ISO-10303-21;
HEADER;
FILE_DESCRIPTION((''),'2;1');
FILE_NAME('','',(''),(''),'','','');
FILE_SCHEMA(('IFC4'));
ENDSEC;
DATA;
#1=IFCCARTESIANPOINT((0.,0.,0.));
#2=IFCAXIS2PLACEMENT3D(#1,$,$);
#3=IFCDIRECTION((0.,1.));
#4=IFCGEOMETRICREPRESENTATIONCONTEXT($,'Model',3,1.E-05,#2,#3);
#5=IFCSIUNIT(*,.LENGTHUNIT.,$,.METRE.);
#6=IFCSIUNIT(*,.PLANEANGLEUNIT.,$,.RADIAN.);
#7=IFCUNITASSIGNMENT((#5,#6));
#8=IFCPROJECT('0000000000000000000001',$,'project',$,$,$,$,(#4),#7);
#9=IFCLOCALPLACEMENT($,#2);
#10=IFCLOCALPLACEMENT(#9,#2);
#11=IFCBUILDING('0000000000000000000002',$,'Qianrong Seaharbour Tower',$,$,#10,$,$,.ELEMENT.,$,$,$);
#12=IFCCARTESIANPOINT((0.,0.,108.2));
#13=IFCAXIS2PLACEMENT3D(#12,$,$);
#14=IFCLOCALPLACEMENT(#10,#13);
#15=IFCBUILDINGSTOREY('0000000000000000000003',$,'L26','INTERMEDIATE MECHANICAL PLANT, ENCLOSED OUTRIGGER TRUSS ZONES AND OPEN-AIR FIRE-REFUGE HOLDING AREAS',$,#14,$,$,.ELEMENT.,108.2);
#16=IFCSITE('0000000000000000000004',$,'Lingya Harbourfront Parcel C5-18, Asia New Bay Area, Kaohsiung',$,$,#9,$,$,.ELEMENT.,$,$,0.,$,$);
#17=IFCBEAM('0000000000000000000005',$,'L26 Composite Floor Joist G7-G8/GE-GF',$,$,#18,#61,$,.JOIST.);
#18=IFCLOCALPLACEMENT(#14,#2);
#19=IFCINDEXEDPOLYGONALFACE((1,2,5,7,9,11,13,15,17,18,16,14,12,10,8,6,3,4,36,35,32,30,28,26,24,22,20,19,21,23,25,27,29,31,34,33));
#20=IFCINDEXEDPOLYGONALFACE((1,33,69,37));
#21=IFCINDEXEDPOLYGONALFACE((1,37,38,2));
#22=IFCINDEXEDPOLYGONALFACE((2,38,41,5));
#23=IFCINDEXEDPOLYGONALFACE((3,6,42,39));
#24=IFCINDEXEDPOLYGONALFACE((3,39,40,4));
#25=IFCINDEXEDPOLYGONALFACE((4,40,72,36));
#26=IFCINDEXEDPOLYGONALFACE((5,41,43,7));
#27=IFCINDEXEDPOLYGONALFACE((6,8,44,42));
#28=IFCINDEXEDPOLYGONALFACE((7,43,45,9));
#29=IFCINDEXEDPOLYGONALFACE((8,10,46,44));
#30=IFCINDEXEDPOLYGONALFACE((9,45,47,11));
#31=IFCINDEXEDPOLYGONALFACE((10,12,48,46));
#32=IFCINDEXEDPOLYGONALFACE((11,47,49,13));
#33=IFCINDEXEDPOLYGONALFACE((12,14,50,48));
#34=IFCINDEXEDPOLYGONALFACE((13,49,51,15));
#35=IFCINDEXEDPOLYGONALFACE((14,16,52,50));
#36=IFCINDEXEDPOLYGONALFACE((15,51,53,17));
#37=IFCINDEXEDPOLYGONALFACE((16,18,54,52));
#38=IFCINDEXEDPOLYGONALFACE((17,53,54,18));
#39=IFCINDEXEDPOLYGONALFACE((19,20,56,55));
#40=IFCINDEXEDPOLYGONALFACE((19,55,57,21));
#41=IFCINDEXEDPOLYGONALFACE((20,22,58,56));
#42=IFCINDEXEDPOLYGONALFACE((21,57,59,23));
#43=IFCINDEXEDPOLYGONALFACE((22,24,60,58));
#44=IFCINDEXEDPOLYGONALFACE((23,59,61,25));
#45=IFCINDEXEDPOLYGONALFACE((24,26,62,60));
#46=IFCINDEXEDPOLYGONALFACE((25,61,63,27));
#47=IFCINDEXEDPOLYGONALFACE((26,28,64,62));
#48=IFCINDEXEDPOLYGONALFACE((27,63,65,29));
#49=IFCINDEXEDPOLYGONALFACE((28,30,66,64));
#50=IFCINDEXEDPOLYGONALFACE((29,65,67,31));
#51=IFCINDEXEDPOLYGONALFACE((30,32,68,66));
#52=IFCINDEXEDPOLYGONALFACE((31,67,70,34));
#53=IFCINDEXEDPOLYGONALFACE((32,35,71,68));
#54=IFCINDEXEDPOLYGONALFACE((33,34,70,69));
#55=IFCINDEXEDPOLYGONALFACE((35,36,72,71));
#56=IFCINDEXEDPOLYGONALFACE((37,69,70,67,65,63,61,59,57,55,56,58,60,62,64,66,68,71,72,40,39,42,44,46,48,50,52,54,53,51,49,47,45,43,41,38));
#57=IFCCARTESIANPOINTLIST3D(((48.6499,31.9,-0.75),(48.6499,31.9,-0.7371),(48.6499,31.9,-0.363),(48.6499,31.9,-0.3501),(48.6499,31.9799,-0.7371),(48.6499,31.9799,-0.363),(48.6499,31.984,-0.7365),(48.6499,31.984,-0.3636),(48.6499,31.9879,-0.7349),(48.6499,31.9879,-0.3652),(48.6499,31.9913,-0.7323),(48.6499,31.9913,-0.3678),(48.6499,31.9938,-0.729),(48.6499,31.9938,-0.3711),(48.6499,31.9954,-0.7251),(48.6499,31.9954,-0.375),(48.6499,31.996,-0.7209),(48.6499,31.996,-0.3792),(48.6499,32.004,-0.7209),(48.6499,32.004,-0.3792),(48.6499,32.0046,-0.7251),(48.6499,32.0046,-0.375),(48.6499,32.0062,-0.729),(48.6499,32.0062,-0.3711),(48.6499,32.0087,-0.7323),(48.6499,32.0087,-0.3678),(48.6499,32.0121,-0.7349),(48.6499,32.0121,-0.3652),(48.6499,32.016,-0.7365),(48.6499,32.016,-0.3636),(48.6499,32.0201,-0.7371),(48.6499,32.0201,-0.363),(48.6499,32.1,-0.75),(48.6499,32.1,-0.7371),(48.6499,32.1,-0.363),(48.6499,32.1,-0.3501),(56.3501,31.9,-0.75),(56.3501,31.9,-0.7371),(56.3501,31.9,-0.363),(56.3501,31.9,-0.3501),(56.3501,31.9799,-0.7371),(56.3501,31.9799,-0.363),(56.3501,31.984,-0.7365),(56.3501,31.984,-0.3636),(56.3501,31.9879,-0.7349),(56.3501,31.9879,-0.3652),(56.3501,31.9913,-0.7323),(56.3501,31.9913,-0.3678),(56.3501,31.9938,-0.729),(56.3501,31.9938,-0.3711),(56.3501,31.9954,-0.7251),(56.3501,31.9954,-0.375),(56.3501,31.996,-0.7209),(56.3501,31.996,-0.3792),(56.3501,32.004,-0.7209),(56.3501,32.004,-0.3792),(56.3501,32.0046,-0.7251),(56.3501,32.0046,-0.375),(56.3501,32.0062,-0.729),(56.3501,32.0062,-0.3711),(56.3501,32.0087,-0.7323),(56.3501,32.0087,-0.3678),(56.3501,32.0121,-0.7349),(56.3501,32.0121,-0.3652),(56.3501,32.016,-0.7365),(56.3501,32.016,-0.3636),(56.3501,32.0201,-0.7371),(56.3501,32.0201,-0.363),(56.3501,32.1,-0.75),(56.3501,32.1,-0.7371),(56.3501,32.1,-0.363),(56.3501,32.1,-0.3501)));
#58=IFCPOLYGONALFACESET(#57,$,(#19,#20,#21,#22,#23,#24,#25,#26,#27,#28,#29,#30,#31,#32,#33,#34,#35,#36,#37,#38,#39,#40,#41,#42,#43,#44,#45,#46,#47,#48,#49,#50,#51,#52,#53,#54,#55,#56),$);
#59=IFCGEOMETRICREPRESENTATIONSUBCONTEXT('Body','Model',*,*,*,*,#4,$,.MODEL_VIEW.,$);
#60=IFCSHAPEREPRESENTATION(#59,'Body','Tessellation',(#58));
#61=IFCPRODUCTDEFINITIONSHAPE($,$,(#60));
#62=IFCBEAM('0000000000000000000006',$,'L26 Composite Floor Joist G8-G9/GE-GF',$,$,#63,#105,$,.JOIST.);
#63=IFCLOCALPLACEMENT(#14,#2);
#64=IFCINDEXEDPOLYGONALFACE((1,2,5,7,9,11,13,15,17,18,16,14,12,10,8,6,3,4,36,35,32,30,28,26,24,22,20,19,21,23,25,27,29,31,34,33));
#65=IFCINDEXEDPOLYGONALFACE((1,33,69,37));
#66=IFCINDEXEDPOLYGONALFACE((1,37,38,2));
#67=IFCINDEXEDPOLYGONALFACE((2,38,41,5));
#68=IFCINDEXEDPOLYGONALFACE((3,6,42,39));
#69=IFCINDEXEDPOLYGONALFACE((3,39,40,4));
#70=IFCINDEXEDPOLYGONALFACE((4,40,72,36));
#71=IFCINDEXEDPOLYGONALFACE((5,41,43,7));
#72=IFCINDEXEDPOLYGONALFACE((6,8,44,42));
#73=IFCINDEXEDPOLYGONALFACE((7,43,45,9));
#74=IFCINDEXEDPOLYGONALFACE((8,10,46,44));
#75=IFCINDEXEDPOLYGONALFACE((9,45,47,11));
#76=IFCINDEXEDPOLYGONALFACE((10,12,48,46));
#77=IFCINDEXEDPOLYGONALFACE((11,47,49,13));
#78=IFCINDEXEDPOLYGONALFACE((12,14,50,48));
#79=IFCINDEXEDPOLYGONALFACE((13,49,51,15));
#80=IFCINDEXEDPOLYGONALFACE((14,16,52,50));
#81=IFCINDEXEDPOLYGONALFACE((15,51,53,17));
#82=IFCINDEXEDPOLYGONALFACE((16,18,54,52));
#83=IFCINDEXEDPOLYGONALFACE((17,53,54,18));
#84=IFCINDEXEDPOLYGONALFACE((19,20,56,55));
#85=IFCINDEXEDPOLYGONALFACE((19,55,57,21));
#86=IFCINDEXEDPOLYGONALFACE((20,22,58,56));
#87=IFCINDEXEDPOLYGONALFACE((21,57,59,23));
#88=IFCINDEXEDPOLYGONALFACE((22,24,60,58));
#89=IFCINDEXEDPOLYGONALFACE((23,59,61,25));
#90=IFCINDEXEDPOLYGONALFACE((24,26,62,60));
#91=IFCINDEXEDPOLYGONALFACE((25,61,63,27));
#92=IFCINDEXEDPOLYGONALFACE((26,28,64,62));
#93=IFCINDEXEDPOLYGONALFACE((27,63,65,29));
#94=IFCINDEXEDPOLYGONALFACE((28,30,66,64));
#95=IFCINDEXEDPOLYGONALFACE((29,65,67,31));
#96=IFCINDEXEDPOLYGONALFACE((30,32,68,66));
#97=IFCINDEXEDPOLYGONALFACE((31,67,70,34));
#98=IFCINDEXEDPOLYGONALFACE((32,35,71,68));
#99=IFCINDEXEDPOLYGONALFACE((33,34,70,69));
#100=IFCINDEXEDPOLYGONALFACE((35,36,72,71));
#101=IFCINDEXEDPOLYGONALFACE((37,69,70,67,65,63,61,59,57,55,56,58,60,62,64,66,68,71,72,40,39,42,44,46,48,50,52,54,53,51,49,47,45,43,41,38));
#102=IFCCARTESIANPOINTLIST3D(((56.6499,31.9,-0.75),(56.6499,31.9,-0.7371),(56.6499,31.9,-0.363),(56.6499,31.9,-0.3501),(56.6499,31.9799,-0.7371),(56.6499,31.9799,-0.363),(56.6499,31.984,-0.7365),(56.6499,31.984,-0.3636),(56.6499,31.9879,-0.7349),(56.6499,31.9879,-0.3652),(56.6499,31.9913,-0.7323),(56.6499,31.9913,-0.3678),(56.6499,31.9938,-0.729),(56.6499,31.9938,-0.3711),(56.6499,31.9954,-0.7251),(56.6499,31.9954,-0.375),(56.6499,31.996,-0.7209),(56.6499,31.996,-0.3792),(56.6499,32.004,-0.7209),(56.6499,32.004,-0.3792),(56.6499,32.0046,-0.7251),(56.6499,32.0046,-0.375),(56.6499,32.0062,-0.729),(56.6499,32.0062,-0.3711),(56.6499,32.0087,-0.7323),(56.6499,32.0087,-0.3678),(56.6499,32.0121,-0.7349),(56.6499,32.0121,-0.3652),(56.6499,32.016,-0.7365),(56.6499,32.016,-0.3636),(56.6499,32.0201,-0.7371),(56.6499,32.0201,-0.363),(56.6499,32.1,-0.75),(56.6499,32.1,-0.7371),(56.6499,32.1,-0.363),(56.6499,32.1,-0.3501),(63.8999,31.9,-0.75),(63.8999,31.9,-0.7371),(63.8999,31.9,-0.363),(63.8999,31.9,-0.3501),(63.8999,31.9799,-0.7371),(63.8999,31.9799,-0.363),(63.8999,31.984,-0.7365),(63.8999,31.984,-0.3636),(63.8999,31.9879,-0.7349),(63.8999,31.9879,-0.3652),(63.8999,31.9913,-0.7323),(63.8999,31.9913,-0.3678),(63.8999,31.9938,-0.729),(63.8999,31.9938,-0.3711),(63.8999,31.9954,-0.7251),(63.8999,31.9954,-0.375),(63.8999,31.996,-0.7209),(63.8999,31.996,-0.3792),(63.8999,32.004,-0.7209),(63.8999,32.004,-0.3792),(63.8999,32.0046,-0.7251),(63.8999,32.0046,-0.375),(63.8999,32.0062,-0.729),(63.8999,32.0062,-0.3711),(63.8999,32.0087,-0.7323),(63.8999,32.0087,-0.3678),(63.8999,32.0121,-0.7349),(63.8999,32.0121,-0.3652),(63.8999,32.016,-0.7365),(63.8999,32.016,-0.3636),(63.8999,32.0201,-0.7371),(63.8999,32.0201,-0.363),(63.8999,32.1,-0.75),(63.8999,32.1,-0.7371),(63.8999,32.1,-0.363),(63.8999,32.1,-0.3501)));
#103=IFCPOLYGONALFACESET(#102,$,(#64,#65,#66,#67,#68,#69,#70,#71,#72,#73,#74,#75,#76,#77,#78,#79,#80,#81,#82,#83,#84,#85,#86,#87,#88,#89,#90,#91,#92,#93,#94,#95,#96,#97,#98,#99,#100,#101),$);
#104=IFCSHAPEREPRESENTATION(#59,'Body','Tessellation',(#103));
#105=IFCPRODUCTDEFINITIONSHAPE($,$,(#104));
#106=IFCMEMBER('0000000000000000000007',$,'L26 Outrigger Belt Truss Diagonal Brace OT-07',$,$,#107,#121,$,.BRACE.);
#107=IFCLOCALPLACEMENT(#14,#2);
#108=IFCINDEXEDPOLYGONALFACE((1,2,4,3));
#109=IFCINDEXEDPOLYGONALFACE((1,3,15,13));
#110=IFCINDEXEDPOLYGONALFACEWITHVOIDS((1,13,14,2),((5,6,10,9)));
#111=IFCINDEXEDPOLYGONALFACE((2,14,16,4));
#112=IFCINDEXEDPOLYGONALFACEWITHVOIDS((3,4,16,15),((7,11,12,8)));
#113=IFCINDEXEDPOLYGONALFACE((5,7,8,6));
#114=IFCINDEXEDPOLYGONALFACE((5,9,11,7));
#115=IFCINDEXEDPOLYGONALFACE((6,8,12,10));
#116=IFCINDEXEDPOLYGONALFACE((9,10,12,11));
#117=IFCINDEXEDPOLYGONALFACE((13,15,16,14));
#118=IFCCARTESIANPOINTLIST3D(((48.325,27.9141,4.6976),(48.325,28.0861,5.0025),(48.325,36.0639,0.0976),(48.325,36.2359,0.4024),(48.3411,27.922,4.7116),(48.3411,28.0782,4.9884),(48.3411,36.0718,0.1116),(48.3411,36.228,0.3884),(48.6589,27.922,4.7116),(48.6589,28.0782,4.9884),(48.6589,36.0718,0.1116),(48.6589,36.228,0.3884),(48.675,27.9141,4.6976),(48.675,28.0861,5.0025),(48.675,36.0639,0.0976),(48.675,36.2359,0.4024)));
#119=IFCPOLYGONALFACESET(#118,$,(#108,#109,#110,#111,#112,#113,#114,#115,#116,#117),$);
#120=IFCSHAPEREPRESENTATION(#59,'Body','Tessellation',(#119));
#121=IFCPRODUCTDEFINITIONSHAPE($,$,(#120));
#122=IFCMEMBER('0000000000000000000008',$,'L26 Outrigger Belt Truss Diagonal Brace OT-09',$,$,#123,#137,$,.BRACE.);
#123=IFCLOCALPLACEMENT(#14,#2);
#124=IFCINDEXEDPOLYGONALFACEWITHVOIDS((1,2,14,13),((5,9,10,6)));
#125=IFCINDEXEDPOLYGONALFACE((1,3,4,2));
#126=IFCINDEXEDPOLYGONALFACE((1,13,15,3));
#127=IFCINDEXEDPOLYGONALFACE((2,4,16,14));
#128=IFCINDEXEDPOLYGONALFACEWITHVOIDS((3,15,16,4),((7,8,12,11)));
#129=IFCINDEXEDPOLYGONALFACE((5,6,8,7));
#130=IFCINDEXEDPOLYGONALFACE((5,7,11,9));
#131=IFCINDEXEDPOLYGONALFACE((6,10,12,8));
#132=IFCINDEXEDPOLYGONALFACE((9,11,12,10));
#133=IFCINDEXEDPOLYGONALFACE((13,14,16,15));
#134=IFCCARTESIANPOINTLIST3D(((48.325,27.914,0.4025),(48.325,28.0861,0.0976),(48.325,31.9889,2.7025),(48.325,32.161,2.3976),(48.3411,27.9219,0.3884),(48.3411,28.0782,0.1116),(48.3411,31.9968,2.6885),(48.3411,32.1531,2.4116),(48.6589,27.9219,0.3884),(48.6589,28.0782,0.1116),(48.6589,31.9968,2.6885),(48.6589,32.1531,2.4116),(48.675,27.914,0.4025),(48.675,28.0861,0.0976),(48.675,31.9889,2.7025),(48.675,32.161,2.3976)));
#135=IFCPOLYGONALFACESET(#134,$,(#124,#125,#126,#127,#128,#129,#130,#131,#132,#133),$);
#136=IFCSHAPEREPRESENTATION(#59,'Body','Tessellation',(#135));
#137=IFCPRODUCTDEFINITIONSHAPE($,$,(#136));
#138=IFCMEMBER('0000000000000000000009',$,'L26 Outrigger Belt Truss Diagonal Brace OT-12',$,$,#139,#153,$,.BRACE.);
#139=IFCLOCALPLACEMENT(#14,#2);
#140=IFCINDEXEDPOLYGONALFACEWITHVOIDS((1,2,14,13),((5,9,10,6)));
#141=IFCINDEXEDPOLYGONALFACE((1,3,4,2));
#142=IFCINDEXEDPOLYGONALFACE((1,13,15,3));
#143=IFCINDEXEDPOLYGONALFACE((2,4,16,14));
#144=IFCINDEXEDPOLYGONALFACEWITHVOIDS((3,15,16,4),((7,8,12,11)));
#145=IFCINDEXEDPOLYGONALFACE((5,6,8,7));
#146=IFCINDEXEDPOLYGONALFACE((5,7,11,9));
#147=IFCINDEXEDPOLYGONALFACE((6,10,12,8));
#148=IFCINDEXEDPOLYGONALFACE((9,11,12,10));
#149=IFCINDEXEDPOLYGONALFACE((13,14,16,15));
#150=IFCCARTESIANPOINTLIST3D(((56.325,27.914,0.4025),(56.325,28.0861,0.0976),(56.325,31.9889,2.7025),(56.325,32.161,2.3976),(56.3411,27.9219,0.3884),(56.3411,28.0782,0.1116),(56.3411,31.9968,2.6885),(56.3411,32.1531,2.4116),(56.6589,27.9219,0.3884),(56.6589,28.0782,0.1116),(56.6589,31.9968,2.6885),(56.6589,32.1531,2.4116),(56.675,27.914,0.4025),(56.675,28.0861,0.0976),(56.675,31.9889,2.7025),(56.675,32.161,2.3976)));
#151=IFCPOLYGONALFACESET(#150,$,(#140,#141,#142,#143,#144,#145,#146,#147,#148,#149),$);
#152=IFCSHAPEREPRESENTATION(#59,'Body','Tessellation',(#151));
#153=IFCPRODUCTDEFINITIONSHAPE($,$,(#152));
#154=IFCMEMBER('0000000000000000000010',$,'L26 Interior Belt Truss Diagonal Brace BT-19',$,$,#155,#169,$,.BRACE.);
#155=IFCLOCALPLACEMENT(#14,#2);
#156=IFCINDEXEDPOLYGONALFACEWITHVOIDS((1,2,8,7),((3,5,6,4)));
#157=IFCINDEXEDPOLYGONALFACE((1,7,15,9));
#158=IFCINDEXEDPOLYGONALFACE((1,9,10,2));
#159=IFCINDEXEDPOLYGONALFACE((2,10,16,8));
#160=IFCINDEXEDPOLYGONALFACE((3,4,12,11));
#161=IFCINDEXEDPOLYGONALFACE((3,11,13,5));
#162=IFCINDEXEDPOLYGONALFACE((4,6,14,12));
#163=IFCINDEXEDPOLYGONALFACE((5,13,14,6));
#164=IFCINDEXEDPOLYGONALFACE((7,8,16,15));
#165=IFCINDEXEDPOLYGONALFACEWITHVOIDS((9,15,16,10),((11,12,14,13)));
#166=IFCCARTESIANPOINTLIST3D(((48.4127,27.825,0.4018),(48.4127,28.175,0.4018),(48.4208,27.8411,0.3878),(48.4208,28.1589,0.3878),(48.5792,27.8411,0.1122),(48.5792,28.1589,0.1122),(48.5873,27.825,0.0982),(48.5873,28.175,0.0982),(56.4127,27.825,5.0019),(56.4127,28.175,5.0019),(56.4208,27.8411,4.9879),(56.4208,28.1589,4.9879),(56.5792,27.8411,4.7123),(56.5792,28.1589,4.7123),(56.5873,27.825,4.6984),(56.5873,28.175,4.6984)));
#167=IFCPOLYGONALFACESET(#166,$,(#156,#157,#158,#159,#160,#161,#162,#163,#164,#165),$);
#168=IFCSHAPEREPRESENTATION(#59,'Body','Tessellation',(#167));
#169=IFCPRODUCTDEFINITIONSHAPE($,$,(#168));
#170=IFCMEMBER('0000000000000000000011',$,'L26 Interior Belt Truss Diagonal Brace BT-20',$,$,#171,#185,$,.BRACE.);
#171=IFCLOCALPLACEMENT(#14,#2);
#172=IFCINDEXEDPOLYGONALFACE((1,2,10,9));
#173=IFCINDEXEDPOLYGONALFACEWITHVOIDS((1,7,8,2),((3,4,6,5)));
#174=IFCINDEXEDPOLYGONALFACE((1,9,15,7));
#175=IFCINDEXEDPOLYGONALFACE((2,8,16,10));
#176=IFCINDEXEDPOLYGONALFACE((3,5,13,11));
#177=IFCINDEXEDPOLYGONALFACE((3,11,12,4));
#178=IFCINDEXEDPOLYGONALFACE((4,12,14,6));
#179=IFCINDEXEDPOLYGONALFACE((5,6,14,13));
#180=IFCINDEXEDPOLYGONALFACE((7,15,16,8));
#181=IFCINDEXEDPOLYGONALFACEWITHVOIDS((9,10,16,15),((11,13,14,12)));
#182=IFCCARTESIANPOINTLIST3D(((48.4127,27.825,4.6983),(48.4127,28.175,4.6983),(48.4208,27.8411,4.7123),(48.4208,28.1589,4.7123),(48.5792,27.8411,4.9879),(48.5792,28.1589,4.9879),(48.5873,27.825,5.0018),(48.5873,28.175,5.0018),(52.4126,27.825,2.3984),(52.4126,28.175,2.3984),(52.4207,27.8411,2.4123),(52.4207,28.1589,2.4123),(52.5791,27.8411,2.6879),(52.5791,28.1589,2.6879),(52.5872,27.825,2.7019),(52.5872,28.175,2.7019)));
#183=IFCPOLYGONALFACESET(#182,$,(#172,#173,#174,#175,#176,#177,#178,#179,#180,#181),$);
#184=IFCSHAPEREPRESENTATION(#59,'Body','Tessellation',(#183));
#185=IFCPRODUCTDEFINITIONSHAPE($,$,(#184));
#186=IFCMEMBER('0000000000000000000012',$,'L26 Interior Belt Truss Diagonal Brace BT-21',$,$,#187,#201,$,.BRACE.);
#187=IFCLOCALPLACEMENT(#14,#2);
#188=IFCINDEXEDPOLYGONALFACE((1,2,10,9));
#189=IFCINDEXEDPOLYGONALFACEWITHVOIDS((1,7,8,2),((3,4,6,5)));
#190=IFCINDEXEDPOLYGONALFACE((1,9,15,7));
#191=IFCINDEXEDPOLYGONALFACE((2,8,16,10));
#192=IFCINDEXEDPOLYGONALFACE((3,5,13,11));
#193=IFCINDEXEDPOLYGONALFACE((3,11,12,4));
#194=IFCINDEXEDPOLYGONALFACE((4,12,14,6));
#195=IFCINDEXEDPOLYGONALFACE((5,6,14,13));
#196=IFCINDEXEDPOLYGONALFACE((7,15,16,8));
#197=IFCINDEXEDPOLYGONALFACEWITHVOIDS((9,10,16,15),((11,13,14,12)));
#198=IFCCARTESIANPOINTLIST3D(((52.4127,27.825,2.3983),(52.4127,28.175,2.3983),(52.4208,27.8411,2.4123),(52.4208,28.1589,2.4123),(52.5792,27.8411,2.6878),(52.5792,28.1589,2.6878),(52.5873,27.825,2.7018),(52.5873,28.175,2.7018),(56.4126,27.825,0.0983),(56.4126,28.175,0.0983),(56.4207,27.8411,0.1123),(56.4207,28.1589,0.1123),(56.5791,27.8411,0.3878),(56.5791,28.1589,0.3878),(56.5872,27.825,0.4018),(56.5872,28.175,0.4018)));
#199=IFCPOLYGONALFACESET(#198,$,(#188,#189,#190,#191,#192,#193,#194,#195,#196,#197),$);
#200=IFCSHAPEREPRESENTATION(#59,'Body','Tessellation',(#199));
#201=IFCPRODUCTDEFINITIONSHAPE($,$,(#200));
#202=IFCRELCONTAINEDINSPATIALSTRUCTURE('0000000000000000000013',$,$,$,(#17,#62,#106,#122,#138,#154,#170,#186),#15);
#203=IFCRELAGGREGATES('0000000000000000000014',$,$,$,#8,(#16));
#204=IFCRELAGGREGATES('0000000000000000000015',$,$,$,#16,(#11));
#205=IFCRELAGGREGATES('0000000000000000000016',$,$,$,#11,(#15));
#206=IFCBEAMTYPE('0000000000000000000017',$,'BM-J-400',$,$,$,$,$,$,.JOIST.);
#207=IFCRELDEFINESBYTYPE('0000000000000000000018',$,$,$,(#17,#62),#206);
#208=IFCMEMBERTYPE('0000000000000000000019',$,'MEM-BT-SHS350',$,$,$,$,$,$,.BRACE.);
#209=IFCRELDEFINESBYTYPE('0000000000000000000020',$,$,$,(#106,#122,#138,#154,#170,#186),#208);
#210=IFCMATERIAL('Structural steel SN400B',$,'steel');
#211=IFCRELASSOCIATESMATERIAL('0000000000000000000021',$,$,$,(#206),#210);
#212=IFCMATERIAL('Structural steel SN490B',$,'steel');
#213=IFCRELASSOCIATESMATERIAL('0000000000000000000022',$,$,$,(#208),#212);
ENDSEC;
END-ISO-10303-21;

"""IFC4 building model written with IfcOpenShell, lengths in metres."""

from ifc_helpers import new_model, si_unit, direction, frame, origin, origin_2d, place, context, subcontext, project, spatial, hollow_rectangle, i_section, extrude, material, material_profile, profile_set, type_object, element, save


model = new_model("IFC4")

# Units and contexts
model_context = context("Model", 3, precision=1e-05, world=origin(), true_north=direction((0.0, 1.0)))
body_context = subcontext(model_context, "Body", "Model", "MODEL_VIEW")
ifc_project = project(units=[si_unit("LENGTHUNIT", "METRE"), si_unit("PLANEANGLEUNIT", "RADIAN")], contexts=[model_context])

# Site, building, storey
site_placement = place(None, origin())
site = spatial("IfcSite", under=ifc_project, at=site_placement, Name="Lingya Harbourfront Parcel C5-18, Asia New Bay Area, Kaohsiung", CompositionType="ELEMENT", RefElevation=0.0)
building_placement = place(site_placement, origin())
building = spatial("IfcBuilding", under=site, at=building_placement, Name="Qianrong Seaharbour Tower", CompositionType="ELEMENT")
storey_placement = place(building_placement, frame((0.0, 0.0, 108.2)))
storey = spatial("IfcBuildingStorey", under=building, at=storey_placement, Name="L26", Description="INTERMEDIATE MECHANICAL PLANT, ENCLOSED OUTRIGGER TRUSS ZONES AND OPEN-AIR FIRE-REFUGE HOLDING AREAS", CompositionType="ELEMENT", Elevation=108.2)

# Shared definitions
ifc_material_1 = material(Name="Structural steel SN490B", Category="steel")

# Beams
ifc_material_2 = material(Name="Structural steel SN400B", Category="steel")
ifc_material_profile_1 = material_profile(ifc_material_2, i_section(OverallWidth=0.2, OverallDepth=0.3999, WebThickness=0.0081, FlangeThickness=0.0129, FilletRadius=0.0161, at=origin_2d()), Name="H400x200x8x13")
ifc_profile_set_1 = profile_set([ifc_material_profile_1], Name="Structural steel SN400B")
beam_type_1 = type_object("IfcBeamType", Name="BM-J-400", PredefinedType="JOIST", material=ifc_profile_set_1)
beam_1_placement = place(storey_placement, frame((48.6499, 32.0, -0.55), z_axis=(1.0, 0.0, 0.0), x_axis=(0.0, 1.0, 0.0)))
element("IfcBeam", 1, at=beam_1_placement, inside=storey, type_object=beam_type_1, Name="L26 Composite Floor Joist G7-G8/GE-GF", PredefinedType="JOIST", context=body_context, shape_type="SweptSolid", body=[
    extrude(i_section(OverallWidth=0.2, OverallDepth=0.3999, WebThickness=0.0081, FlangeThickness=0.0129, FilletRadius=0.0161, at=origin_2d()), origin(), (0.0, 0.0, 1.0), 7.7002),
])
beam_2_placement = place(storey_placement, frame((56.6499, 32.0, -0.55), z_axis=(1.0, 0.0, 0.0), x_axis=(0.0, 1.0, 0.0)))
element("IfcBeam", 2, at=beam_2_placement, inside=storey, type_object=beam_type_1, Name="L26 Composite Floor Joist G8-G9/GE-GF", PredefinedType="JOIST", context=body_context, shape_type="SweptSolid", body=[
    extrude(i_section(OverallWidth=0.2, OverallDepth=0.3999, WebThickness=0.0081, FlangeThickness=0.0129, FilletRadius=0.0161, at=origin_2d()), origin(), (0.0, 0.0, 1.0), 7.25),
])

# Members
ifc_material_profile_2 = material_profile(ifc_material_1, hollow_rectangle(XDim=0.3501, YDim=0.3501, WallThickness=0.0161, at=origin_2d()), Name="SHS350x350x16")
ifc_profile_set_2 = profile_set([ifc_material_profile_2], Name="Structural steel SN490B")
member_type_1 = type_object("IfcMemberType", Name="MEM-BT-SHS350", PredefinedType="BRACE", material=ifc_profile_set_2)
member_1_placement = place(storey_placement, frame((48.5, 36.1499, 0.25), z_axis=(0.0, -0.870854, 0.491541), x_axis=(1.0, 0.0, 0.0)))
element("IfcMember", 3, at=member_1_placement, inside=storey, type_object=member_type_1, Name="L26 Outrigger Belt Truss Diagonal Brace OT-07", PredefinedType="BRACE", context=body_context, shape_type="SweptSolid", body=[
    extrude(hollow_rectangle(XDim=0.3501, YDim=0.3501, WallThickness=0.0161, at=origin_2d()), origin(), (0.0, 0.0, 1.0), 9.3584),
])
for number, where, z_axis, x_axis, name in (
    (4, (48.5, 32.075, 2.55), (0.0, -0.870854, -0.491541), (1.0, 0.0, 0.0), "L26 Outrigger Belt Truss Diagonal Brace OT-09"),
    (5, (56.5, 32.075, 2.55), (0.0, -0.870854, -0.491541), (1.0, 0.0, 0.0), "L26 Outrigger Belt Truss Diagonal Brace OT-12"),
):
    element("IfcMember", number, at=place(storey_placement, frame(where, z_axis=z_axis, x_axis=x_axis)), inside=storey, type_object=member_type_1, Name=name, PredefinedType="BRACE", context=body_context, shape_type="SweptSolid", body=[
        extrude(hollow_rectangle(XDim=0.3501, YDim=0.3501, WallThickness=0.0161, at=origin_2d()), origin(), (0.0, 0.0, 1.0), 4.6792),
    ])
member_2_placement = place(storey_placement, frame((48.5, 28.0, 0.25), z_axis=(0.866902, 0.0, 0.498479), x_axis=(0.0, 1.0, 0.0)))
element("IfcMember", 6, at=member_2_placement, inside=storey, type_object=member_type_1, Name="L26 Interior Belt Truss Diagonal Brace BT-19", PredefinedType="BRACE", context=body_context, shape_type="SweptSolid", body=[
    extrude(hollow_rectangle(XDim=0.3501, YDim=0.3501, WallThickness=0.0161, at=origin_2d()), origin(), (0.0, 0.0, 1.0), 9.2283),
])
for number, where, z_axis, x_axis, name in (
    (7, (48.5, 28.0, 4.8501), (0.866902, 0.0, -0.498479), (0.0, 1.0, 0.0), "L26 Interior Belt Truss Diagonal Brace BT-20"),
    (8, (52.5, 28.0, 2.55), (0.866902, 0.0, -0.498479), (0.0, 1.0, 0.0), "L26 Interior Belt Truss Diagonal Brace BT-21"),
):
    element("IfcMember", number, at=place(storey_placement, frame(where, z_axis=z_axis, x_axis=x_axis)), inside=storey, type_object=member_type_1, Name=name, PredefinedType="BRACE", context=body_context, shape_type="SweptSolid", body=[
        extrude(hollow_rectangle(XDim=0.3501, YDim=0.3501, WallThickness=0.0161, at=origin_2d()), origin(), (0.0, 0.0, 1.0), 4.614),
    ])

save(model, "model.ifc")
